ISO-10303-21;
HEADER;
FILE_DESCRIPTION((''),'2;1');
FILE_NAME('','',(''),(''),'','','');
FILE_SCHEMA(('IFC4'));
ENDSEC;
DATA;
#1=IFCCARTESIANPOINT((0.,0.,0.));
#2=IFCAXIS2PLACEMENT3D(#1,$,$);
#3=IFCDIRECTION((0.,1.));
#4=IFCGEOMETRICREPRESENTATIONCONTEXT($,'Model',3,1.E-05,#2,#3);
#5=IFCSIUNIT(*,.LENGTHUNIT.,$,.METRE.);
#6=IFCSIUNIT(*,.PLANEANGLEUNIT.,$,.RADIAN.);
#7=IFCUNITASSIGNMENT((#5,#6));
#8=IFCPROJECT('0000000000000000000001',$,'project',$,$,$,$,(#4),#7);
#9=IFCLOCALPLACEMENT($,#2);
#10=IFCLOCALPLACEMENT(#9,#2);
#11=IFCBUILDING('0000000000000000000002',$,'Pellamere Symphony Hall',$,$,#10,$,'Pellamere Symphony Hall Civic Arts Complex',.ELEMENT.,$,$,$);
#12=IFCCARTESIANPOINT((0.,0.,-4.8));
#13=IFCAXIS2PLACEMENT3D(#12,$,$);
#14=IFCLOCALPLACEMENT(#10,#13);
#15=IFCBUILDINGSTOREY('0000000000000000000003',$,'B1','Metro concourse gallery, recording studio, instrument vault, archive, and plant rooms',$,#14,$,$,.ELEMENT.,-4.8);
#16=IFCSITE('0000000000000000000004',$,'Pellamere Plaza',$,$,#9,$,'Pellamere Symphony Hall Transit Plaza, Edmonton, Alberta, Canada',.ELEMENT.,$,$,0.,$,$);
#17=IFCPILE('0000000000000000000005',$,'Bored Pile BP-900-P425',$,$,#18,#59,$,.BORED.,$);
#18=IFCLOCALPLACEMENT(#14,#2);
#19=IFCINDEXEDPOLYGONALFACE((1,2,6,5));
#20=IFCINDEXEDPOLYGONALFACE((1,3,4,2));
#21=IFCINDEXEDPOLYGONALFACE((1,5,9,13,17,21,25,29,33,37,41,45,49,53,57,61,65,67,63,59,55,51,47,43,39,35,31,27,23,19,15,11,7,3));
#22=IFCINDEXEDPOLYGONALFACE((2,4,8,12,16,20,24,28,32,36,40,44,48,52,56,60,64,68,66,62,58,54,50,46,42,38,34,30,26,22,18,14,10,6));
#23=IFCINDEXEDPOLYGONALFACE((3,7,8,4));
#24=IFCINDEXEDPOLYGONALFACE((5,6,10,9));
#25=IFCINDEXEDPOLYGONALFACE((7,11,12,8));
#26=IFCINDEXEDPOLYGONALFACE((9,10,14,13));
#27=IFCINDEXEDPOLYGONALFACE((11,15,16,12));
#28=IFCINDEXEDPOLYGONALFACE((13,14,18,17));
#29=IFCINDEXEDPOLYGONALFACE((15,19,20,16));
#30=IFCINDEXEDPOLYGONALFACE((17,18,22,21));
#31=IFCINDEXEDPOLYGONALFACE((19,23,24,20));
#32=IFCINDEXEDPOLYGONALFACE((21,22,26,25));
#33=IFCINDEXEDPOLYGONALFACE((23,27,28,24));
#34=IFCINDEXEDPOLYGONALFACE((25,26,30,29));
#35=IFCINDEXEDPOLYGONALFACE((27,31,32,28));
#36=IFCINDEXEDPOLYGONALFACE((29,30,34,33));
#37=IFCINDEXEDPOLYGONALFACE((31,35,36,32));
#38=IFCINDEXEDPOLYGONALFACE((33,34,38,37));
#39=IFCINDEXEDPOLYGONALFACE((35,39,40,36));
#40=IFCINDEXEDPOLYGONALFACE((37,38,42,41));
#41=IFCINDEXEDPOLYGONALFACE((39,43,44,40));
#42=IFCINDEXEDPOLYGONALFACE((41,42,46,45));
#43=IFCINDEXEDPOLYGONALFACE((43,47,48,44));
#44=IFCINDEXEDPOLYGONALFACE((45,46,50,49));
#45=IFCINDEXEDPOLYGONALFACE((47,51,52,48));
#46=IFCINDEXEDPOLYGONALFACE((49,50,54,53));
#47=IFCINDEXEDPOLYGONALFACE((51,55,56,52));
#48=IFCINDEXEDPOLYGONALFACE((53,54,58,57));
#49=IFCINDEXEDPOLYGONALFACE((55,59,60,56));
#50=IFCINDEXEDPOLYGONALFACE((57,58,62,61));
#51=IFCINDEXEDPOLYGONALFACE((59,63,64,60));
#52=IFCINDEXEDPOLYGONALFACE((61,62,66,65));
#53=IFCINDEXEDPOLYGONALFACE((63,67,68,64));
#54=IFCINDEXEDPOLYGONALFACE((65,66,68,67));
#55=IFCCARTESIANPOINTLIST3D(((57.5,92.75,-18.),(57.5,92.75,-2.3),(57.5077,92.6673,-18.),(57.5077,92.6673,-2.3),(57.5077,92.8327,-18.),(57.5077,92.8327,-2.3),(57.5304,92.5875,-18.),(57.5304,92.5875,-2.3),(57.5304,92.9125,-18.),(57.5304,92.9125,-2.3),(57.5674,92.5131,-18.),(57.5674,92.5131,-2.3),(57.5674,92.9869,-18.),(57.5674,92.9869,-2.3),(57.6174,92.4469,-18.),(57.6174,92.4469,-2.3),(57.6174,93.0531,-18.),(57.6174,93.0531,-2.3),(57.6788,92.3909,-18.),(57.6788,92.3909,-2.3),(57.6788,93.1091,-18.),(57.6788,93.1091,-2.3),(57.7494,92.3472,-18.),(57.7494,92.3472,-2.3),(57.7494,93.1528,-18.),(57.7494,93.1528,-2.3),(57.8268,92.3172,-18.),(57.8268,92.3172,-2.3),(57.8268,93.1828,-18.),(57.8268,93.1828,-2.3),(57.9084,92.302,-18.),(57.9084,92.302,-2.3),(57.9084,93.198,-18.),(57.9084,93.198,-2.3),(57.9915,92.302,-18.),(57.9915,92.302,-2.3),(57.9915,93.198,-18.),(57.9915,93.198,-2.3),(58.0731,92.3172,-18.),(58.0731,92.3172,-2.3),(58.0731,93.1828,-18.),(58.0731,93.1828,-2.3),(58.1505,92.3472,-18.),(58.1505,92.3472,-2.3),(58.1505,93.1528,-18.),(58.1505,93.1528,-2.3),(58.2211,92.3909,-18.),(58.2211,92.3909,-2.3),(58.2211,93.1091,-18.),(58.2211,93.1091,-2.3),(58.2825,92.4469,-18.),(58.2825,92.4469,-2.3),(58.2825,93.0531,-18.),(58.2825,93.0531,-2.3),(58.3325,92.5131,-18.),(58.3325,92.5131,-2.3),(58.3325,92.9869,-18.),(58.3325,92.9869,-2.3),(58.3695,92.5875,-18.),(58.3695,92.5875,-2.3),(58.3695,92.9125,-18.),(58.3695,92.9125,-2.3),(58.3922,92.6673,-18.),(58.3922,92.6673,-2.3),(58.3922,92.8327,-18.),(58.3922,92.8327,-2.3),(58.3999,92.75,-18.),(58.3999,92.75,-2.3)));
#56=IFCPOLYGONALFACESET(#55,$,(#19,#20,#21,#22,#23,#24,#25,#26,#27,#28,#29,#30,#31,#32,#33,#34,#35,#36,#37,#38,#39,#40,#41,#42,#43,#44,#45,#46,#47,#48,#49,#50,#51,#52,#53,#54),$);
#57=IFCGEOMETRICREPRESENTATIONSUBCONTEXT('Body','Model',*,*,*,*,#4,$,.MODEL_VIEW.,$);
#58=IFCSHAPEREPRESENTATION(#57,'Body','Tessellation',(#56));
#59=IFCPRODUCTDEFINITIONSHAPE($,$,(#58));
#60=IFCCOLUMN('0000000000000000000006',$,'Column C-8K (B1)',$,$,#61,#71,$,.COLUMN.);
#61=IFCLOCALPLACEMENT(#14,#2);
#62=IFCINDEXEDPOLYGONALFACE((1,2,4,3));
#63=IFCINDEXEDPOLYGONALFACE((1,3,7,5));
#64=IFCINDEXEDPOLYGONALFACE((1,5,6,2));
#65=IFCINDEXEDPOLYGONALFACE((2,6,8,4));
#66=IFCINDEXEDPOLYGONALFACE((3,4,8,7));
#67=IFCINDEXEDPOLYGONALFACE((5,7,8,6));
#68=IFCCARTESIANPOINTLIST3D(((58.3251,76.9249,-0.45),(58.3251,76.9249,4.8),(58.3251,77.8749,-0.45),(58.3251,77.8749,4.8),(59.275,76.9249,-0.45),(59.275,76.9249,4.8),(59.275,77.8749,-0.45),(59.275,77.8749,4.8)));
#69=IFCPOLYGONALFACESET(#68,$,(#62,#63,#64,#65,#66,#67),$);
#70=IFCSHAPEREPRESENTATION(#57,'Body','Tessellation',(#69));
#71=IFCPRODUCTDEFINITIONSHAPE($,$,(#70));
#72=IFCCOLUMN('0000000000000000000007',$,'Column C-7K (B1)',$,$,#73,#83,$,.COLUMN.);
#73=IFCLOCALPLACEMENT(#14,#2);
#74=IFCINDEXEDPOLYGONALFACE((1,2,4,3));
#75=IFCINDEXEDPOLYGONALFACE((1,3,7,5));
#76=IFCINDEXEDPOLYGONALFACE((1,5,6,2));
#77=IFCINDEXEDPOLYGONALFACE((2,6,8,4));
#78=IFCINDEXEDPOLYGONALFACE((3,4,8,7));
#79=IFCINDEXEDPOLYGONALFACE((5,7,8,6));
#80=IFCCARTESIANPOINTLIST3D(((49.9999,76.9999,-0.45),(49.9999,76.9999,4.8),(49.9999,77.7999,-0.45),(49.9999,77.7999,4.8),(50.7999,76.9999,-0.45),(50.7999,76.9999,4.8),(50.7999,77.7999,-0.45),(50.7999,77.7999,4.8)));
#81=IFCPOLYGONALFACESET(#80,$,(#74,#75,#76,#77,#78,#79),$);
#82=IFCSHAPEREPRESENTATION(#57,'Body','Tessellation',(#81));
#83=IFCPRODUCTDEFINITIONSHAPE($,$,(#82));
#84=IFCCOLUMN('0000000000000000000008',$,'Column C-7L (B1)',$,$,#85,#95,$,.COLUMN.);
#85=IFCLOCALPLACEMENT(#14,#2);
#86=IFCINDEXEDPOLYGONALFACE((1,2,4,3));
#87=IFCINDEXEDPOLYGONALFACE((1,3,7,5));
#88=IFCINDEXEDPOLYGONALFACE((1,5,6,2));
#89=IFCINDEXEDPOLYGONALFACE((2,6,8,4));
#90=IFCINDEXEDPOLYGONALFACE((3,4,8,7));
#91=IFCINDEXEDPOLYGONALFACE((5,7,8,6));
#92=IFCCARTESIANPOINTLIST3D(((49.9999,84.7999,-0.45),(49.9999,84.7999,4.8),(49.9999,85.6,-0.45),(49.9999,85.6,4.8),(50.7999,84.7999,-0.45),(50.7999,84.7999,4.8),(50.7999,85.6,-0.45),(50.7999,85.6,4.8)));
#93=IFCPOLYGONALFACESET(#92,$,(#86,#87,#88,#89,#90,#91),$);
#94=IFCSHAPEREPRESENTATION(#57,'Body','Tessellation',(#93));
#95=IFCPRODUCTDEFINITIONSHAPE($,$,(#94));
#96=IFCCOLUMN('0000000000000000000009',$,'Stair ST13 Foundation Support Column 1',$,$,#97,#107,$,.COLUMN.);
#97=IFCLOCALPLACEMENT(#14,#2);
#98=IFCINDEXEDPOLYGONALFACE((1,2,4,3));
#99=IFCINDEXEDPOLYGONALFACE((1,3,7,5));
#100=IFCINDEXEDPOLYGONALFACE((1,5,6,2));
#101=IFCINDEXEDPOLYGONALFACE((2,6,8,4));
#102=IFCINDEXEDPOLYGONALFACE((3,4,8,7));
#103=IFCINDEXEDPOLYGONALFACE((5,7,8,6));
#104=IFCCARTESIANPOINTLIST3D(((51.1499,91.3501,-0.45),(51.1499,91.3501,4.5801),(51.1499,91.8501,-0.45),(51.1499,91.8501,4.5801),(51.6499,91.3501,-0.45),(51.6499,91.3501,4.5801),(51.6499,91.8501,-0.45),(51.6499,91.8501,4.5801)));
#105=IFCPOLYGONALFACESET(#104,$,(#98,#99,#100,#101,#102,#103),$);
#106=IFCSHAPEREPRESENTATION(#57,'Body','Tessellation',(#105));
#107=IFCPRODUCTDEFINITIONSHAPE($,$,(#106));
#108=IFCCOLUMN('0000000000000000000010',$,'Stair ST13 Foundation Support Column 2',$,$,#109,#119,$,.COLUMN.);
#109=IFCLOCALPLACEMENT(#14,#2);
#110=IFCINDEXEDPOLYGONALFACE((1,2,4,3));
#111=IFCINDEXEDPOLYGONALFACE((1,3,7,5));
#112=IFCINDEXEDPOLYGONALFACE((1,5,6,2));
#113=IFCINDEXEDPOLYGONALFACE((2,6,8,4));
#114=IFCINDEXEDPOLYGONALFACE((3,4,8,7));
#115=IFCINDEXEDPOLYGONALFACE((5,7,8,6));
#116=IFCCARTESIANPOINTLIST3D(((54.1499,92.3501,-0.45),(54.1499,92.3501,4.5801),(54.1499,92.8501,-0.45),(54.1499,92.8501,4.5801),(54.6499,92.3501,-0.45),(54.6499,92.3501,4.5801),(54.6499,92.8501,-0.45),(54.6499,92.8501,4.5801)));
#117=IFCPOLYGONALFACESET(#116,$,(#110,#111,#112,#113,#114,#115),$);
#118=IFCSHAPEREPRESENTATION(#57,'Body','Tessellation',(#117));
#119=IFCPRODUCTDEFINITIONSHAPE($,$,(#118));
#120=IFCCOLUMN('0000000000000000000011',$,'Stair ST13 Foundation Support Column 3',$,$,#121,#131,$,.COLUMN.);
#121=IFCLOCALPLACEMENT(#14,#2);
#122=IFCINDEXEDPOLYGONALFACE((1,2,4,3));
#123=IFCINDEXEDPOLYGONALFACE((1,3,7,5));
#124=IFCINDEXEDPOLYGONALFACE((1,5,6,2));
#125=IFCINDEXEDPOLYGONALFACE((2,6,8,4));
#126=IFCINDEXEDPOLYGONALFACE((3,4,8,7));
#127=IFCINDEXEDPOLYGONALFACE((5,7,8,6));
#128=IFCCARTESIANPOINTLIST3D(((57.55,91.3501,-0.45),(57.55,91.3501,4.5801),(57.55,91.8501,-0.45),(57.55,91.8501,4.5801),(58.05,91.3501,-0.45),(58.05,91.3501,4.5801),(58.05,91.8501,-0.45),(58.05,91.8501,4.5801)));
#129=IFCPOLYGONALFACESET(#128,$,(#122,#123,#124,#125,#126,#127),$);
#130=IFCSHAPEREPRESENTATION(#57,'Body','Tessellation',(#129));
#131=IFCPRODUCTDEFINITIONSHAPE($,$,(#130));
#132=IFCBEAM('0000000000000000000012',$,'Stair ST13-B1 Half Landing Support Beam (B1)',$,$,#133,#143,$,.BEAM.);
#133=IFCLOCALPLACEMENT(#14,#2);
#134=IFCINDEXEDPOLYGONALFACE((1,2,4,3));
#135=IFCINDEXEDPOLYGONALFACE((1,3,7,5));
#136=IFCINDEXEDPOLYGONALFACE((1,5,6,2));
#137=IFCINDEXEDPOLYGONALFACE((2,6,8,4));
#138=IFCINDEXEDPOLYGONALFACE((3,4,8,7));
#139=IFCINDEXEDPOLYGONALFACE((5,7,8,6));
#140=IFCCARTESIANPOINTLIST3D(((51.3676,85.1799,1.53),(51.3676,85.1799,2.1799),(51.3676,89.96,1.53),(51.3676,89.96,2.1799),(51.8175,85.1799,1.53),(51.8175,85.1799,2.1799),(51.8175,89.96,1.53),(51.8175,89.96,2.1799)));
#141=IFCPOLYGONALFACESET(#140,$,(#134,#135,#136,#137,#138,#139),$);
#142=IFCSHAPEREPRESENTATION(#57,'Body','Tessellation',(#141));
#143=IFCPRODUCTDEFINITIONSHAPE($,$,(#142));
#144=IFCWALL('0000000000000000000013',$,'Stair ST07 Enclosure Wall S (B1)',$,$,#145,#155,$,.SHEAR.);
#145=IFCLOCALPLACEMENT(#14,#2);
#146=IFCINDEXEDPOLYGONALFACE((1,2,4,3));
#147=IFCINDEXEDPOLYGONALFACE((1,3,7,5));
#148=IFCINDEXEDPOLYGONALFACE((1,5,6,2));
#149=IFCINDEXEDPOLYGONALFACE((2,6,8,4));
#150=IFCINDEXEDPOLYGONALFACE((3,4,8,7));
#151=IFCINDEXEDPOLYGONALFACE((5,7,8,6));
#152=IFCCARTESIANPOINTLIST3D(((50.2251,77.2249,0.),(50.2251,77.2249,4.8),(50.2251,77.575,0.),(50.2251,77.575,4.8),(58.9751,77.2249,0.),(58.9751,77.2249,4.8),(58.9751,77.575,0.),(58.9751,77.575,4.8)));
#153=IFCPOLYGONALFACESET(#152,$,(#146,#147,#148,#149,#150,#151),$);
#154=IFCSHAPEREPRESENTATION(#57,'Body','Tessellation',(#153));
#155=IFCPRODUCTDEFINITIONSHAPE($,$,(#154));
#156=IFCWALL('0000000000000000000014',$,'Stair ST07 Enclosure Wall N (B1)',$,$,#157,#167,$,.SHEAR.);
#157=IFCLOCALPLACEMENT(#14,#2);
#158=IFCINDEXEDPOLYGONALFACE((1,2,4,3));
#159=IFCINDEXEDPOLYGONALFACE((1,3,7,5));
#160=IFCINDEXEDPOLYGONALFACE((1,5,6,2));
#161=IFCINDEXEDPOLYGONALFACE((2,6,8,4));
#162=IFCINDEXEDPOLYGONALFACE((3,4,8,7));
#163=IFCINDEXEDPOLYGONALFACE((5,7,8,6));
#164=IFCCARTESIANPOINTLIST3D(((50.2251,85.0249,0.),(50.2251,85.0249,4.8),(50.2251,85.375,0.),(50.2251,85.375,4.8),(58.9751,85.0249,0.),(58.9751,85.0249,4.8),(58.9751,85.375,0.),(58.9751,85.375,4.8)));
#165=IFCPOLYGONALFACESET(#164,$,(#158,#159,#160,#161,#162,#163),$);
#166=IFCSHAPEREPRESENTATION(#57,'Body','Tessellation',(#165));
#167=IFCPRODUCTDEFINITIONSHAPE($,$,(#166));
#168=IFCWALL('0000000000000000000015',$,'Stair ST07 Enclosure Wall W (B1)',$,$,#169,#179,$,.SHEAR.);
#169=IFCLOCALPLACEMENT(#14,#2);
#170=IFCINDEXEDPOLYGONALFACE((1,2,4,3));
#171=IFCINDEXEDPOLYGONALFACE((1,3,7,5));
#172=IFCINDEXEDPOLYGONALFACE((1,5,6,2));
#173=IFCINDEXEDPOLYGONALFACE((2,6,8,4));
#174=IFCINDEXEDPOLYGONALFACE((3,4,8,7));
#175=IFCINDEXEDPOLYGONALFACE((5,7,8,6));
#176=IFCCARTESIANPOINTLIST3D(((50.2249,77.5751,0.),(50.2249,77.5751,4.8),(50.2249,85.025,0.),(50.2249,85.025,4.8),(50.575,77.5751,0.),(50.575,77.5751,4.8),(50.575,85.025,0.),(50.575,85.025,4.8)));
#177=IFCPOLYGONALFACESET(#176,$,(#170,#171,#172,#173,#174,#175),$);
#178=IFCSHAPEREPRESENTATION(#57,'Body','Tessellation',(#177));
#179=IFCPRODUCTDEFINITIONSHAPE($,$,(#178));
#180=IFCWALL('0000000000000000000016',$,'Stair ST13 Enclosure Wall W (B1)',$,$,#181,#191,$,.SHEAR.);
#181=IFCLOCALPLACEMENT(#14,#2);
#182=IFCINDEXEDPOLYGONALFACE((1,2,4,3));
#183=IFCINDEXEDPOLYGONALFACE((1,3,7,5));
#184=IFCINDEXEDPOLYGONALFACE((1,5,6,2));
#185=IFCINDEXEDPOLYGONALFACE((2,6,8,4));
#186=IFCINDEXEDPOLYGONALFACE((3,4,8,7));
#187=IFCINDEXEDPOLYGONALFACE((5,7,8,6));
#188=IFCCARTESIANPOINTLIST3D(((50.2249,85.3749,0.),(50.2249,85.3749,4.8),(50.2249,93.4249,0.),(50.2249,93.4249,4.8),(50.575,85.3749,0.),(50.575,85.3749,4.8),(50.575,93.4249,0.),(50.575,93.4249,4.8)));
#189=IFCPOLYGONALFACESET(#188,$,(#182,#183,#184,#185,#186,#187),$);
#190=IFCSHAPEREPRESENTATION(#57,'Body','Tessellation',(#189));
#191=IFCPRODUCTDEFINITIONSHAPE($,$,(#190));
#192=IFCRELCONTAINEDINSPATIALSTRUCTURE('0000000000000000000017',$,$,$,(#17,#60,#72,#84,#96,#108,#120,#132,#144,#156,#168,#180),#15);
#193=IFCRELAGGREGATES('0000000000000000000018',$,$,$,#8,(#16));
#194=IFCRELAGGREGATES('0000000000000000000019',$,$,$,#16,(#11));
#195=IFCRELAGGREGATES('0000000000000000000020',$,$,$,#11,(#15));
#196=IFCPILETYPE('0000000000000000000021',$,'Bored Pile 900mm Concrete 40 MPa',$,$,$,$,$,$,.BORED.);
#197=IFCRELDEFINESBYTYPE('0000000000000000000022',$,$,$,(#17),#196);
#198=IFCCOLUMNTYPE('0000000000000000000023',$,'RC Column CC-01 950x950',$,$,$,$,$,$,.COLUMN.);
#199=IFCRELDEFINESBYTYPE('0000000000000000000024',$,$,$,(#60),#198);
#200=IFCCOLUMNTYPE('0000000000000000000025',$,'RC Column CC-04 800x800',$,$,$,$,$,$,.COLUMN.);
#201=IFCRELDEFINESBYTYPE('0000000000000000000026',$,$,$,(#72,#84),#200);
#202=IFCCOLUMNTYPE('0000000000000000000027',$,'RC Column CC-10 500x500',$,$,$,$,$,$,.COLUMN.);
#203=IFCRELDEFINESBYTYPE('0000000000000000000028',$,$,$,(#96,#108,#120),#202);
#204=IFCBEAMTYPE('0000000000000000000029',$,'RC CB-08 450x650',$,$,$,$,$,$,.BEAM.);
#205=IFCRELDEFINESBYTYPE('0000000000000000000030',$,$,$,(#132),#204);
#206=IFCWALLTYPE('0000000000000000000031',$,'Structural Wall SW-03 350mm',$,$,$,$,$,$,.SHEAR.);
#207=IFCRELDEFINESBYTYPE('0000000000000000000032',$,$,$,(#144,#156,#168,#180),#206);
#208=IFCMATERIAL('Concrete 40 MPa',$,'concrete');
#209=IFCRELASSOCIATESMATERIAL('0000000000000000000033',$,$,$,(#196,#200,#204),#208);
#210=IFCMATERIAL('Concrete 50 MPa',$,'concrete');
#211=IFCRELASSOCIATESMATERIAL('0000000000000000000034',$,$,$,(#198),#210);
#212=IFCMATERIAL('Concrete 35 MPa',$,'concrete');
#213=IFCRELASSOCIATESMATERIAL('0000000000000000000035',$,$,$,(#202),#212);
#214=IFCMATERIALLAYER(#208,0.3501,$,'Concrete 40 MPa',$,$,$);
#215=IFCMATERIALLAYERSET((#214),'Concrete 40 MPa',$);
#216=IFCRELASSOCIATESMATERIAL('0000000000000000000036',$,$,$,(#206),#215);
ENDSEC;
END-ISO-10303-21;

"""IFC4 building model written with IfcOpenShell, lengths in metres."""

from ifc_helpers import new_model, si_unit, direction, frame, frame_2d, origin, origin_2d, place, context, subcontext, project, spatial, rectangle, circle, extrude, material, layer, layer_set, material_profile, profile_set, type_object, element, save


model = new_model("IFC4")

# Units and contexts
model_context = context("Model", 3, precision=1e-05, world=origin(), true_north=direction((0.0, 1.0)))
body_context = subcontext(model_context, "Body", "Model", "MODEL_VIEW")
ifc_project = project(units=[si_unit("LENGTHUNIT", "METRE"), si_unit("PLANEANGLEUNIT", "RADIAN")], contexts=[model_context])

# Site, building, storey
site_placement = place(None, origin())
site = spatial("IfcSite", under=ifc_project, at=site_placement, Name="Pellamere Plaza", LongName="Pellamere Symphony Hall Transit Plaza, Edmonton, Alberta, Canada", CompositionType="ELEMENT", RefElevation=0.0)
building_placement = place(site_placement, origin())
building = spatial("IfcBuilding", under=site, at=building_placement, Name="Pellamere Symphony Hall", LongName="Pellamere Symphony Hall Civic Arts Complex", CompositionType="ELEMENT")
storey_placement = place(building_placement, frame((0.0, 0.0, -4.8)))
storey = spatial("IfcBuildingStorey", under=building, at=storey_placement, Name="B1", Description="Metro concourse gallery, recording studio, instrument vault, archive, and plant rooms", CompositionType="ELEMENT", Elevation=-4.8)

# Pile
ifc_material_1 = material(Name="Concrete 35 MPa", Category="concrete")
ifc_material_2 = material(Name="Concrete 40 MPa", Category="concrete")
ifc_material_profile_1 = material_profile(ifc_material_2, circle(Radius=0.45, at=origin_2d()), Name="PILE D900")
ifc_profile_set_1 = profile_set([ifc_material_profile_1], Name="Concrete 40 MPa")
pile_type_1 = type_object("IfcPileType", Name="Bored Pile 900mm Concrete 40 MPa", PredefinedType="BORED", material=ifc_profile_set_1)
for number, where, z_axis, x_axis, name in (
    (1, (57.95, 92.75, -2.3), (0.0, 0.0, -1.0), (1.0, 0.0, 0.0), "Bored Pile BP-900-P425"),
):
    element("IfcPile", number, at=place(storey_placement, frame(where, z_axis=z_axis, x_axis=x_axis)), inside=storey, type_object=pile_type_1, Name=name, PredefinedType="BORED", context=body_context, shape_type="SweptSolid", body=[
        extrude(circle(Radius=0.45, at=origin_2d()), origin(), (0.0, 0.0, 1.0), 15.7),
    ])

# Columns
ifc_material_3 = material(Name="Concrete 50 MPa", Category="concrete")
ifc_material_profile_2 = material_profile(ifc_material_3, rectangle(XDim=0.95, YDim=0.95, at=origin_2d()), Name="RC 950x950")
ifc_profile_set_2 = profile_set([ifc_material_profile_2], Name="Concrete 50 MPa")
column_type_1 = type_object("IfcColumnType", Name="RC Column CC-01 950x950", PredefinedType="COLUMN", material=ifc_profile_set_2)
column_placement = place(storey_placement, frame((58.8, 77.3999, -0.45), z_axis=(0.0, 0.0, 1.0), x_axis=(1.0, 0.0, 0.0)))
element("IfcColumn", 2, at=column_placement, inside=storey, type_object=column_type_1, Name="Column C-8K (B1)", PredefinedType="COLUMN", context=body_context, shape_type="SweptSolid", body=[
    extrude(rectangle(XDim=0.95, YDim=0.95, at=origin_2d()), origin(), (0.0, 0.0, 1.0), 5.25),
])
ifc_material_profile_3 = material_profile(ifc_material_2, rectangle(XDim=0.8, YDim=0.8, at=origin_2d()), Name="RC 800x800")
ifc_profile_set_3 = profile_set([ifc_material_profile_3], Name="Concrete 40 MPa")
column_type_2 = type_object("IfcColumnType", Name="RC Column CC-04 800x800", PredefinedType="COLUMN", material=ifc_profile_set_3)
for number, where, z_axis, x_axis, name in (
    (3, (50.3999, 77.3999, -0.45), (0.0, 0.0, 1.0), (1.0, 0.0, 0.0), "Column C-7K (B1)"),
    (4, (50.3999, 85.2, -0.45), (0.0, 0.0, 1.0), (1.0, 0.0, 0.0), "Column C-7L (B1)"),
):
    element("IfcColumn", number, at=place(storey_placement, frame(where, z_axis=z_axis, x_axis=x_axis)), inside=storey, type_object=column_type_2, Name=name, PredefinedType="COLUMN", context=body_context, shape_type="SweptSolid", body=[
        extrude(rectangle(XDim=0.8, YDim=0.8, at=origin_2d()), origin(), (0.0, 0.0, 1.0), 5.25),
    ])
ifc_material_profile_4 = material_profile(ifc_material_1, rectangle(XDim=0.5, YDim=0.5, at=origin_2d()), Name="RC 500x500")
ifc_profile_set_4 = profile_set([ifc_material_profile_4], Name="Concrete 35 MPa")
column_type_3 = type_object("IfcColumnType", Name="RC Column CC-10 500x500", PredefinedType="COLUMN", material=ifc_profile_set_4)
for number, where, z_axis, x_axis, name in (
    (5, (51.3999, 91.6001, -0.45), (0.0, 0.0, 1.0), (1.0, 0.0, 0.0), "Stair ST13 Foundation Support Column 1"),
    (6, (54.3999, 92.6001, -0.45), (0.0, 0.0, 1.0), (1.0, 0.0, 0.0), "Stair ST13 Foundation Support Column 2"),
    (7, (57.8, 91.6001, -0.45), (0.0, 0.0, 1.0), (1.0, 0.0, 0.0), "Stair ST13 Foundation Support Column 3"),
):
    element("IfcColumn", number, at=place(storey_placement, frame(where, z_axis=z_axis, x_axis=x_axis)), inside=storey, type_object=column_type_3, Name=name, PredefinedType="COLUMN", context=body_context, shape_type="SweptSolid", body=[
        extrude(rectangle(XDim=0.5, YDim=0.5, at=origin_2d()), origin(), (0.0, 0.0, 1.0), 5.03),
    ])

# Beam
ifc_material_profile_5 = material_profile(ifc_material_2, rectangle(XDim=0.45, YDim=0.6499, at=origin_2d()), Name="RC 450x650")
ifc_profile_set_5 = profile_set([ifc_material_profile_5], Name="Concrete 40 MPa")
beam_type = type_object("IfcBeamType", Name="RC CB-08 450x650", PredefinedType="BEAM", material=ifc_profile_set_5)
beam_placement = place(storey_placement, frame((51.5925, 85.1799, 1.855), z_axis=(0.0, 1.0, 0.0), x_axis=(-1.0, 0.0, 0.0)))
element("IfcBeam", 8, at=beam_placement, inside=storey, type_object=beam_type, Name="Stair ST13-B1 Half Landing Support Beam (B1)", PredefinedType="BEAM", context=body_context, shape_type="SweptSolid", body=[
    extrude(rectangle(XDim=0.45, YDim=0.6499, at=origin_2d()), origin(), (0.0, 0.0, 1.0), 4.78),
])

# Walls
ifc_layer_1 = layer(ifc_material_2, 0.3501, Name="Concrete 40 MPa")
ifc_layer_set_1 = layer_set([ifc_layer_1], Name="Concrete 40 MPa")
wall_type_1 = type_object("IfcWallType", Name="Structural Wall SW-03 350mm", PredefinedType="SHEAR", material=ifc_layer_set_1)
for number, where, z_axis, x_axis, name in (
    (9, (50.2251, 77.3999, 0.0), (0.0, 0.0, 1.0), (1.0, 0.0, 0.0), "Stair ST07 Enclosure Wall S (B1)"),
    (10, (50.2251, 85.2, 0.0), (0.0, 0.0, 1.0), (1.0, 0.0, 0.0), "Stair ST07 Enclosure Wall N (B1)"),
):
    element("IfcWall", number, at=place(storey_placement, frame(where, z_axis=z_axis, x_axis=x_axis)), inside=storey, type_object=wall_type_1, Name=name, PredefinedType="SHEAR", context=body_context, shape_type="SweptSolid", body=[
        extrude(rectangle(XDim=8.75, YDim=0.3501, at=frame_2d((4.375, 0.0))), origin(), (0.0, 0.0, 1.0), 4.8),
    ])
wall_1_placement = place(storey_placement, frame((50.3999, 77.575, 0.0), z_axis=(0.0, 0.0, 1.0), x_axis=(0.0, 1.0, 0.0)))
element("IfcWall", 11, at=wall_1_placement, inside=storey, type_object=wall_type_1, Name="Stair ST07 Enclosure Wall W (B1)", PredefinedType="SHEAR", context=body_context, shape_type="SweptSolid", body=[
    extrude(rectangle(XDim=7.45, YDim=0.3501, at=frame_2d((3.7251, 0.0))), origin(), (0.0, 0.0, 1.0), 4.8),
])
wall_2_placement = place(storey_placement, frame((50.3999, 85.375, 0.0), z_axis=(0.0, 0.0, 1.0), x_axis=(0.0, 1.0, 0.0)))
element("IfcWall", 12, at=wall_2_placement, inside=storey, type_object=wall_type_1, Name="Stair ST13 Enclosure Wall W (B1)", PredefinedType="SHEAR", context=body_context, shape_type="SweptSolid", body=[
    extrude(rectangle(XDim=8.05, YDim=0.3501, at=frame_2d((4.0249, 0.0))), origin(), (0.0, 0.0, 1.0), 4.8),
])

save(model, "model.ifc")
